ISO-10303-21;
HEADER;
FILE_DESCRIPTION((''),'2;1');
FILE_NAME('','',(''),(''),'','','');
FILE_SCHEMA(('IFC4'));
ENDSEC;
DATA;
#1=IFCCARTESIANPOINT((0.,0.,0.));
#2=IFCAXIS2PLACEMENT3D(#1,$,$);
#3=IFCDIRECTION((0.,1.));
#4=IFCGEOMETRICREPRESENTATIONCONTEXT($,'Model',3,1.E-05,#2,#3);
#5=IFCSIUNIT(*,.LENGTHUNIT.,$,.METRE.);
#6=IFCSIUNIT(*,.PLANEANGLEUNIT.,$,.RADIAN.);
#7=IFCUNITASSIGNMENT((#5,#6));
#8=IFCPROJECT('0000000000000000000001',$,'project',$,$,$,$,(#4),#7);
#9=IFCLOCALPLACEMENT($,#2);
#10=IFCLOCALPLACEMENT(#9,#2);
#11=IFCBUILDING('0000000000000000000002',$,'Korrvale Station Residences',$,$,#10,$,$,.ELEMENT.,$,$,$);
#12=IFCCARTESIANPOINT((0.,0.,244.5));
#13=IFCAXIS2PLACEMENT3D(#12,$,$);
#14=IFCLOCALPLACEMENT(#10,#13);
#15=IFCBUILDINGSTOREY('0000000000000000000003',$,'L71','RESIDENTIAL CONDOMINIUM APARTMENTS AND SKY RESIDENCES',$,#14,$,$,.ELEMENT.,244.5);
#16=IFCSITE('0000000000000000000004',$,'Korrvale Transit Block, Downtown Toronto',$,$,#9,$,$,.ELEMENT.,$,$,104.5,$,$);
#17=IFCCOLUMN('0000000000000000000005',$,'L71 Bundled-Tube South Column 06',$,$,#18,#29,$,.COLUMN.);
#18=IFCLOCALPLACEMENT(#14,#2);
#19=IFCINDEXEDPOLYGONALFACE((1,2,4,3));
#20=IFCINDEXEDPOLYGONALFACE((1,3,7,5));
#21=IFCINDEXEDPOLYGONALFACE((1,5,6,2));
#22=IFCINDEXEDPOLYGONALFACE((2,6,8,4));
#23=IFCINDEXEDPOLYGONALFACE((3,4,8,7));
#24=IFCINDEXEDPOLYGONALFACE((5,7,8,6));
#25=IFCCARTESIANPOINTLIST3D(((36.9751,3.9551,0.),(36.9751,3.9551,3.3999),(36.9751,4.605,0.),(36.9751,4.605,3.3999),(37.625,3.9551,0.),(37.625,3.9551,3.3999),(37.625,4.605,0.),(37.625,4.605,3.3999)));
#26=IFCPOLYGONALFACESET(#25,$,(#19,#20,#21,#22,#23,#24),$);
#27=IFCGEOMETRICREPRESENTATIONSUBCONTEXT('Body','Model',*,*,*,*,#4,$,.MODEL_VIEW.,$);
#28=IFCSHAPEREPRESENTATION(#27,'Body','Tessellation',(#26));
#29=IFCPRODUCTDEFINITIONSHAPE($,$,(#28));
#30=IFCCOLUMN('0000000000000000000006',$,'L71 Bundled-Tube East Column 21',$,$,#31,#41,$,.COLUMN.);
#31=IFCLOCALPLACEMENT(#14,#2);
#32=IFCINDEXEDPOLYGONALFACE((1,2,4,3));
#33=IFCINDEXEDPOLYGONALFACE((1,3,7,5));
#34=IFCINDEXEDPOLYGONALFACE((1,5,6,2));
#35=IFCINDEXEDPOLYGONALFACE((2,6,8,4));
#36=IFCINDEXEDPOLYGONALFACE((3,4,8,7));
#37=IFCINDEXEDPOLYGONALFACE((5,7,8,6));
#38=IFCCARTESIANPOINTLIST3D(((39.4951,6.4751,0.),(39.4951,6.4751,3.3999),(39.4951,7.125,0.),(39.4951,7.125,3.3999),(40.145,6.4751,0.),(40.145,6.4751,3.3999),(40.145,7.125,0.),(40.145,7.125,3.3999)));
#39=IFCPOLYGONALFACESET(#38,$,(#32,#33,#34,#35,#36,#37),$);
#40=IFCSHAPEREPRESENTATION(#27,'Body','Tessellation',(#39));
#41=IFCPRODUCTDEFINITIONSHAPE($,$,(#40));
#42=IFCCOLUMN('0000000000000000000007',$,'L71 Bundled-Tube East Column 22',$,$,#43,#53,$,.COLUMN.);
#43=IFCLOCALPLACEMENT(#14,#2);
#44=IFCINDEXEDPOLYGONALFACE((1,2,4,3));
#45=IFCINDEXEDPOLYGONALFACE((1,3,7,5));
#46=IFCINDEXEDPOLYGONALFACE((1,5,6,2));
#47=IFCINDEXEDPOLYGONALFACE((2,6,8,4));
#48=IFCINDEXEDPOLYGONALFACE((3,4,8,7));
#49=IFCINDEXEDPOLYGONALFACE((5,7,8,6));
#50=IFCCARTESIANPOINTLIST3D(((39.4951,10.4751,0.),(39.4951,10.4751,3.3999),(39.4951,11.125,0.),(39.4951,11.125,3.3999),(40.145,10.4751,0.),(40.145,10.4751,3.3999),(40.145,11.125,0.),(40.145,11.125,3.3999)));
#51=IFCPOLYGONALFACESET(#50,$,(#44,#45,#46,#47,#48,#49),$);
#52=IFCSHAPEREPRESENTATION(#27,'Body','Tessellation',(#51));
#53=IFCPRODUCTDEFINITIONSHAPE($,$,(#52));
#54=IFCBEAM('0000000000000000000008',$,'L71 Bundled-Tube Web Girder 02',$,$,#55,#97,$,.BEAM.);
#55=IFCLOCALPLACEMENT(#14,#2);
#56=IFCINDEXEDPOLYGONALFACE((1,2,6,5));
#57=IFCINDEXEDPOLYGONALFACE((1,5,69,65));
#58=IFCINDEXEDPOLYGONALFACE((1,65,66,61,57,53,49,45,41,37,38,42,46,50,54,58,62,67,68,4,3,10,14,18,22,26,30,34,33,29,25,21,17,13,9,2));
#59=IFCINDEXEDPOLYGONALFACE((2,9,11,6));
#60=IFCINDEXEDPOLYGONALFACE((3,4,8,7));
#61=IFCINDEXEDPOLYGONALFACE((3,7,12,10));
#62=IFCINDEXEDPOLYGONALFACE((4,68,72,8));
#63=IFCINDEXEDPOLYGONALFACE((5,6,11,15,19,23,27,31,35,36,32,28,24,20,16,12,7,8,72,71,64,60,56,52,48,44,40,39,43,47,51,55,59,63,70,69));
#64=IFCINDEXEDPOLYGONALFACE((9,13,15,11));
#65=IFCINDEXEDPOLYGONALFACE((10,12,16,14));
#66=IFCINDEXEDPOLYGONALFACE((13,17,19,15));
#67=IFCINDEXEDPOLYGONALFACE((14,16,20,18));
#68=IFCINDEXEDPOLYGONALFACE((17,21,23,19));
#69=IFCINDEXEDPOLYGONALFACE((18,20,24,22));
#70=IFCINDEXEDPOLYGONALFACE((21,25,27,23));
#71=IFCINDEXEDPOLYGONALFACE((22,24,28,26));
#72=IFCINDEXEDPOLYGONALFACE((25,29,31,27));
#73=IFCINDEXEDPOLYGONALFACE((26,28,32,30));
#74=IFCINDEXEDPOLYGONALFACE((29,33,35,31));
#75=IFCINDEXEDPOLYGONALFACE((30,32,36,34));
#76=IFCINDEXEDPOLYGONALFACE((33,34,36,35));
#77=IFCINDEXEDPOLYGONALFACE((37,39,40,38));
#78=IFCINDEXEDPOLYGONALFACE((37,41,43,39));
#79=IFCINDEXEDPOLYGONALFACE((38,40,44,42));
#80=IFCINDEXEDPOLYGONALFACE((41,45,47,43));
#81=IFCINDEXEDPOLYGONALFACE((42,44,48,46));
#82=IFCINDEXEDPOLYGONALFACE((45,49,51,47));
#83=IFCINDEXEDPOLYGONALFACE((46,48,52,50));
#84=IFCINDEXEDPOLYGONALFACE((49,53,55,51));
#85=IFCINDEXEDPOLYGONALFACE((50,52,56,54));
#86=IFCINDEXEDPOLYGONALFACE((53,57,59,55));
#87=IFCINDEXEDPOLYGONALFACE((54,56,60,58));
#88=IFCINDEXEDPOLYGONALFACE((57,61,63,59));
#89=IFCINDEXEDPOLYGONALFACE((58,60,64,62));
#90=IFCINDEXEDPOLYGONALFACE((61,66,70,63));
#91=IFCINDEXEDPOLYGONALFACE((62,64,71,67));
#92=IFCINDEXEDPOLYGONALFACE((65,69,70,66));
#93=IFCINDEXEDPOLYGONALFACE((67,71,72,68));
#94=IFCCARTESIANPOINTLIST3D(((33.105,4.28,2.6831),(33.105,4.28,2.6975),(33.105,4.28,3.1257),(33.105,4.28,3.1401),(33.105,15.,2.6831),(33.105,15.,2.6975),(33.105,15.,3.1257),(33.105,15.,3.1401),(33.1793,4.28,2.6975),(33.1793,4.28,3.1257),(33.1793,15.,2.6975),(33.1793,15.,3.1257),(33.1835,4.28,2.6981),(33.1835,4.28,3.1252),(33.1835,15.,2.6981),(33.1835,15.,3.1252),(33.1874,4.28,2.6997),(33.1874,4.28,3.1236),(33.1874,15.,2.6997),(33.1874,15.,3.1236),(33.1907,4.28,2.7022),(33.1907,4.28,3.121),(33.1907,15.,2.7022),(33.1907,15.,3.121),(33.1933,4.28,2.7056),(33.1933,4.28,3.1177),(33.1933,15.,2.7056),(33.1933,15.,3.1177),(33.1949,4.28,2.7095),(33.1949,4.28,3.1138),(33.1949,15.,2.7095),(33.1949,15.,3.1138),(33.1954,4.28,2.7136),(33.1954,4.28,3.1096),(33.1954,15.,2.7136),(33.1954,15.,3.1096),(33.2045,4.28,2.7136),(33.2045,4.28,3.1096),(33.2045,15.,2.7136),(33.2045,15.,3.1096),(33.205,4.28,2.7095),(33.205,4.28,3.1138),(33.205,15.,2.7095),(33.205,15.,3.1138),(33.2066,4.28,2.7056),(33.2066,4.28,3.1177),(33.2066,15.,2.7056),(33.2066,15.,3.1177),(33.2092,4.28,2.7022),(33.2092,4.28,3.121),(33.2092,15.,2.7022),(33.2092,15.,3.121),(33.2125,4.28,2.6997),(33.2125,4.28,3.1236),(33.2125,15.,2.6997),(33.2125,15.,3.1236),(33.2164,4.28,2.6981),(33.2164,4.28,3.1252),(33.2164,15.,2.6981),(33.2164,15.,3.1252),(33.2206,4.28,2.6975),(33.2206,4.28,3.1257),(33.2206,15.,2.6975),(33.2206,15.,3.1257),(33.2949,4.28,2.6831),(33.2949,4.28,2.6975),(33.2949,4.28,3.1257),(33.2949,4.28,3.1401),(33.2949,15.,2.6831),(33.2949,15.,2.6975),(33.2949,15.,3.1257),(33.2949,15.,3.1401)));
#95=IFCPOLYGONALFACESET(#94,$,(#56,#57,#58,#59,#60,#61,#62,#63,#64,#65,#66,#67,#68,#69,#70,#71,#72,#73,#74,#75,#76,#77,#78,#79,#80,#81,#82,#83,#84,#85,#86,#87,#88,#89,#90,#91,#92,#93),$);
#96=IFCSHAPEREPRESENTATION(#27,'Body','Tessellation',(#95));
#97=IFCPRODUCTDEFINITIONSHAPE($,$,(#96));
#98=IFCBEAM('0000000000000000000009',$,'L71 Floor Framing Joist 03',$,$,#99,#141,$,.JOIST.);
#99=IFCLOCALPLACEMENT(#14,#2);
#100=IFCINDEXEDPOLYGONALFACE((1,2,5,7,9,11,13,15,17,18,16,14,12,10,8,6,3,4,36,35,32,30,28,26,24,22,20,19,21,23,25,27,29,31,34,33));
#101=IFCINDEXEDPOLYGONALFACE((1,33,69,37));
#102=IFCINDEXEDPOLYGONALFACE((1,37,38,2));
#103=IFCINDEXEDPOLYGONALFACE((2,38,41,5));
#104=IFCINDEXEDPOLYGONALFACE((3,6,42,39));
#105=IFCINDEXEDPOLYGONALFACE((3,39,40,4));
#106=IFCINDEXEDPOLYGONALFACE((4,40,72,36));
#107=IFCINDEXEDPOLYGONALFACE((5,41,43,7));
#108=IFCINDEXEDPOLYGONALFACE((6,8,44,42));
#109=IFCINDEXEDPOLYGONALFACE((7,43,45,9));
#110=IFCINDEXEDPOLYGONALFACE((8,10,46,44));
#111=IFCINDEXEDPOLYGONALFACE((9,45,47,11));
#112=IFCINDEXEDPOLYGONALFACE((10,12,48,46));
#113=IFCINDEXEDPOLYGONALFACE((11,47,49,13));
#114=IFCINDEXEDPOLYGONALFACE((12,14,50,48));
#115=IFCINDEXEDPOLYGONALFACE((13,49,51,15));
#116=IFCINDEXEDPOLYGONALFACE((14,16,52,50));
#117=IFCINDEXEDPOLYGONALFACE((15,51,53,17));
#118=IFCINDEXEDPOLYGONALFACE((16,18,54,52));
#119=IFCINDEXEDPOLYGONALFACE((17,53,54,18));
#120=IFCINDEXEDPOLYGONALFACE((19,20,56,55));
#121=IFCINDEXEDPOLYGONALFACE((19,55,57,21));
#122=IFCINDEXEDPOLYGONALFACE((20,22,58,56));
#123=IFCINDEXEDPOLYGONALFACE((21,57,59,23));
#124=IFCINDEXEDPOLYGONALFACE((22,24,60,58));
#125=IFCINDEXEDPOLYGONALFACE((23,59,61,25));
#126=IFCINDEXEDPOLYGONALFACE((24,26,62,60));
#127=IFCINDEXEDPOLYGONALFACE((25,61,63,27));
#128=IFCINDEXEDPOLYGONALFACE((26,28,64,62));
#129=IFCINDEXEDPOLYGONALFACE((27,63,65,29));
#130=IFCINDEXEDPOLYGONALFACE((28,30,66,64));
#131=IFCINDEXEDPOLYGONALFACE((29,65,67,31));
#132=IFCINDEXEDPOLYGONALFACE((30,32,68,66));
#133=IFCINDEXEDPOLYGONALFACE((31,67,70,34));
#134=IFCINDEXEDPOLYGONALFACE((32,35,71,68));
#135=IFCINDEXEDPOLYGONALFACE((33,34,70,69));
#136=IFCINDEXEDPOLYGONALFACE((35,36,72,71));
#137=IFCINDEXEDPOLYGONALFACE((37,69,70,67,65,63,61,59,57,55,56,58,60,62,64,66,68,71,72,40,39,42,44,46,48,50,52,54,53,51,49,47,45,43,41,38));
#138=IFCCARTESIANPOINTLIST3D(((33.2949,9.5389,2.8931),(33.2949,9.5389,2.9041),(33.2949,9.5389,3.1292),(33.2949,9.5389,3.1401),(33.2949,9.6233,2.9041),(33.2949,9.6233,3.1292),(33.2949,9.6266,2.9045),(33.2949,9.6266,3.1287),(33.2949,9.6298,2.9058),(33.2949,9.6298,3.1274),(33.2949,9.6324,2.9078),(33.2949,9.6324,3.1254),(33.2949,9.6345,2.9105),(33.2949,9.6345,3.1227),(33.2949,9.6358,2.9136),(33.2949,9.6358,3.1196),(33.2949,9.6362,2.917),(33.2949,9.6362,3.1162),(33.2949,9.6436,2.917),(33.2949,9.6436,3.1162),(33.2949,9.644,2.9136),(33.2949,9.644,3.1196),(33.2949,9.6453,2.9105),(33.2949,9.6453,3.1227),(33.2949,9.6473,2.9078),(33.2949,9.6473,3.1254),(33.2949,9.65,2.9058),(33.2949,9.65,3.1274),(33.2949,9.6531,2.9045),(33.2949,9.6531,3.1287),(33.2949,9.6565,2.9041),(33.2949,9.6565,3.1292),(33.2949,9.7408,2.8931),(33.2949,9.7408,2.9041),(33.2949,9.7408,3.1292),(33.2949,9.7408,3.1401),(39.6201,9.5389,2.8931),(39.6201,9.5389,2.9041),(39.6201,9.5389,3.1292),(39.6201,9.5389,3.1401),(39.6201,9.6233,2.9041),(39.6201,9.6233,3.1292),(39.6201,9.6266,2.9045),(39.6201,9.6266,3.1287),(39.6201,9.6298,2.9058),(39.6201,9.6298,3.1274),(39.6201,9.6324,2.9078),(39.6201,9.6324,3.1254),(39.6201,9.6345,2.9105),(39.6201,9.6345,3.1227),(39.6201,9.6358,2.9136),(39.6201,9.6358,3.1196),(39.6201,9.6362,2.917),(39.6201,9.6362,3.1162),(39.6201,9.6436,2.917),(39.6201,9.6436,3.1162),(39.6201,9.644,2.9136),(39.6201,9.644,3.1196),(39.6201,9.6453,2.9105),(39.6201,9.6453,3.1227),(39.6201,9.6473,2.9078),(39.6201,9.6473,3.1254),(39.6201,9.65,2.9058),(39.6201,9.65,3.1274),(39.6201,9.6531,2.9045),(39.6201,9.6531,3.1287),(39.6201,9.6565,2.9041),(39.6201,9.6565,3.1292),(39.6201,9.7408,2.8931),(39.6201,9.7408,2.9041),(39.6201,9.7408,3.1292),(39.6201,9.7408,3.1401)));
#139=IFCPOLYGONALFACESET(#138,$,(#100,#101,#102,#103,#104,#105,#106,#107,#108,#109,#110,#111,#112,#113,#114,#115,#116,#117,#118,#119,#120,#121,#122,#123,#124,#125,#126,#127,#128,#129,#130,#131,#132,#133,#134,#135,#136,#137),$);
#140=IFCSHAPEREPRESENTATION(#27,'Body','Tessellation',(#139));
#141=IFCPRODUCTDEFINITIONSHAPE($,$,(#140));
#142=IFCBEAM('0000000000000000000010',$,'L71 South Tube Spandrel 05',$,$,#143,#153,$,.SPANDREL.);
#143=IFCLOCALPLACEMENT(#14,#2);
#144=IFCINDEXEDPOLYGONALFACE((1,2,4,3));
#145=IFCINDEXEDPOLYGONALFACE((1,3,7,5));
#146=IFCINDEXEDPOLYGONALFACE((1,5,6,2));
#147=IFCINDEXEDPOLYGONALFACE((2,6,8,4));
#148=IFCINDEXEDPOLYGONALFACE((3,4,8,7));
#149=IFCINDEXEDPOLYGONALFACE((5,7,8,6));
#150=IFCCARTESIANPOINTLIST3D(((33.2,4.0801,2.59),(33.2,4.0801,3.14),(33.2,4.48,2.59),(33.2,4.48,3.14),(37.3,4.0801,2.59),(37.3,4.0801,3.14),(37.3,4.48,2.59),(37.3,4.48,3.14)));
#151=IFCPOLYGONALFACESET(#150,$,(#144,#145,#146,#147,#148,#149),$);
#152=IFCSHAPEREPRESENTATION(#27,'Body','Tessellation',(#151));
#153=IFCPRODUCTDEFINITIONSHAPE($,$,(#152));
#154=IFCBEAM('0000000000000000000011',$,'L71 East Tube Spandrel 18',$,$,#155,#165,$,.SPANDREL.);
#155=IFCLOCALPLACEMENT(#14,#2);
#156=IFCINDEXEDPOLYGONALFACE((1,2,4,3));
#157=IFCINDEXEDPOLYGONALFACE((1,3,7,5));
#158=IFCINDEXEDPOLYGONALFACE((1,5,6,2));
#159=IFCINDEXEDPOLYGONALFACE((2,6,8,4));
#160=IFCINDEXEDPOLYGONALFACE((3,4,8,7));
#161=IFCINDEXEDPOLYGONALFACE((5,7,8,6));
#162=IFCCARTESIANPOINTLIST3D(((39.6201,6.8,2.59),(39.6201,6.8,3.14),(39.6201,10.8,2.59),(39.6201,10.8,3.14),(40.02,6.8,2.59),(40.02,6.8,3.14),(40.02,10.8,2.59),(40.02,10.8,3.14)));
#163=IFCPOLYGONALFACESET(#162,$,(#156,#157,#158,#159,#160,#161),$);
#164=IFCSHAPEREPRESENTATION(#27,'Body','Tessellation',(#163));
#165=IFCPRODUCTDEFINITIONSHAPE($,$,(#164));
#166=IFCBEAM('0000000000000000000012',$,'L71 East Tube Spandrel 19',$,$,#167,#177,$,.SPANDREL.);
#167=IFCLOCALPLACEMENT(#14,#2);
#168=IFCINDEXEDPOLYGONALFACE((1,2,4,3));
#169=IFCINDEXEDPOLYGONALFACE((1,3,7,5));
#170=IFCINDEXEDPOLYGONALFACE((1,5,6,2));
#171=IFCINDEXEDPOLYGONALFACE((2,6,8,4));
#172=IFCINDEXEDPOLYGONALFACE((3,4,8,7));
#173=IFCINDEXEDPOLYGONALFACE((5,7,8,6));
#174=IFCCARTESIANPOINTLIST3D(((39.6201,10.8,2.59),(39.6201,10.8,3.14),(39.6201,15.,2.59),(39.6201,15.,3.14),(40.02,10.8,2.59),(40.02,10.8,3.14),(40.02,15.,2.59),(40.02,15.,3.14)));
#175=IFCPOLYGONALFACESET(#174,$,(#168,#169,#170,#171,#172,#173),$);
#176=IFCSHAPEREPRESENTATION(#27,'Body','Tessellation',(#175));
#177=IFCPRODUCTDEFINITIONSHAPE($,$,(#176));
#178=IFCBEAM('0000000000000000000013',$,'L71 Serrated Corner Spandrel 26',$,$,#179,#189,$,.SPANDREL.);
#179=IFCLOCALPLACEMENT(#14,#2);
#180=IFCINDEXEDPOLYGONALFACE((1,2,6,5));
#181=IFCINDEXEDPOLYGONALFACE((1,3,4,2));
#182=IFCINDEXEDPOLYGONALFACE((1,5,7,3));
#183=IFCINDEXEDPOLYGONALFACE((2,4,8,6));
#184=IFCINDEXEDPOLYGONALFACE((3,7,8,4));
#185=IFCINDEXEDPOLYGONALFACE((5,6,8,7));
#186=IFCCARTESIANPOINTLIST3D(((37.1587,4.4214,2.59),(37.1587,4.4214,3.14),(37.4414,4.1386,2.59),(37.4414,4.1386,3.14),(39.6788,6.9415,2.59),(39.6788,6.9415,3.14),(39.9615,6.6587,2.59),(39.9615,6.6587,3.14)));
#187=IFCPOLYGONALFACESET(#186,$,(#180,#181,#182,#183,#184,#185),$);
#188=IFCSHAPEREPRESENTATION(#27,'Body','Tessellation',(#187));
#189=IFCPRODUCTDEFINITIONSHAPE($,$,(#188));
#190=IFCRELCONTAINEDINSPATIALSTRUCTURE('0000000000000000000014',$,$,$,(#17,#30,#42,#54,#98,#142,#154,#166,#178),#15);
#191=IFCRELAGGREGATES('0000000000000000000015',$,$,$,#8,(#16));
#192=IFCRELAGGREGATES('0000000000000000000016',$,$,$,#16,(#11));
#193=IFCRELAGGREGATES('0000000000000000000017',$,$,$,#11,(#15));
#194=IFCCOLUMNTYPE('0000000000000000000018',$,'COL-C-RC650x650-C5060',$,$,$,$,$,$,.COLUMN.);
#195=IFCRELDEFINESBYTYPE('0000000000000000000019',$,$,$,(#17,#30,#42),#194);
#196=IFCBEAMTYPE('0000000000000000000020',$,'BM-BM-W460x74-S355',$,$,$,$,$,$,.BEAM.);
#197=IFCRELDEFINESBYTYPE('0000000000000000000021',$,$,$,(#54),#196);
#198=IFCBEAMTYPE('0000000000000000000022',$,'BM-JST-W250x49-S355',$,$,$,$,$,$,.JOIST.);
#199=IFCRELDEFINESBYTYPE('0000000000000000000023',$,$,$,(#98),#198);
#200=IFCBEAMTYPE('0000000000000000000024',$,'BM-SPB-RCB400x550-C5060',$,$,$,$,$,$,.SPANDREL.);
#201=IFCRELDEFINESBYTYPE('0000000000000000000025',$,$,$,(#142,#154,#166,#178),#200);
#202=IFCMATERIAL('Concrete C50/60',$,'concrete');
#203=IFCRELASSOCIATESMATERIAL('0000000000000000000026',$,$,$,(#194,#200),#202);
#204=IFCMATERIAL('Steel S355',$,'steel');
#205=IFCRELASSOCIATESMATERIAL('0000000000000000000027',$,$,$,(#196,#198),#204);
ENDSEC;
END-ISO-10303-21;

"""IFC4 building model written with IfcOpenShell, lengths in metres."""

from ifc_helpers import new_model, si_unit, direction, frame, origin, origin_2d, place, context, subcontext, project, spatial, rectangle, i_section, extrude, material, material_profile, profile_set, type_object, element, save


model = new_model("IFC4")

# Units and contexts
model_context = context("Model", 3, precision=1e-05, world=origin(), true_north=direction((0.0, 1.0)))
body_context = subcontext(model_context, "Body", "Model", "MODEL_VIEW")
ifc_project = project(units=[si_unit("LENGTHUNIT", "METRE"), si_unit("PLANEANGLEUNIT", "RADIAN")], contexts=[model_context])

# Site, building, storey
site_placement = place(None, origin())
site = spatial("IfcSite", under=ifc_project, at=site_placement, Name="Korrvale Transit Block, Downtown Toronto", CompositionType="ELEMENT", RefElevation=104.5)
building_placement = place(site_placement, origin())
building = spatial("IfcBuilding", under=site, at=building_placement, Name="Korrvale Station Residences", CompositionType="ELEMENT")
storey_placement = place(building_placement, frame((0.0, 0.0, 244.5)))
storey = spatial("IfcBuildingStorey", under=building, at=storey_placement, Name="L71", Description="RESIDENTIAL CONDOMINIUM APARTMENTS AND SKY RESIDENCES", CompositionType="ELEMENT", Elevation=244.5)

# Columns
ifc_material_1 = material(Name="Concrete C50/60", Category="concrete")
ifc_material_profile_1 = material_profile(ifc_material_1, rectangle(XDim=0.6499, YDim=0.6499, at=origin_2d()), Name="RC650x650")
ifc_profile_set_1 = profile_set([ifc_material_profile_1], Name="Concrete C50/60")
column_type = type_object("IfcColumnType", Name="COL-C-RC650x650-C5060", PredefinedType="COLUMN", material=ifc_profile_set_1)
for number, where, z_axis, x_axis, name in (
    (1, (37.3, 4.28, 0.0), (0.0, 0.0, 1.0), (1.0, 0.0, 0.0), "L71 Bundled-Tube South Column 06"),
    (2, (39.8201, 6.8, 0.0), (0.0, 0.0, 1.0), (1.0, 0.0, 0.0), "L71 Bundled-Tube East Column 21"),
    (3, (39.8201, 10.8, 0.0), (0.0, 0.0, 1.0), (1.0, 0.0, 0.0), "L71 Bundled-Tube East Column 22"),
):
    element("IfcColumn", number, at=place(storey_placement, frame(where, z_axis=z_axis, x_axis=x_axis)), inside=storey, type_object=column_type, Name=name, PredefinedType="COLUMN", context=body_context, shape_type="SweptSolid", body=[
        extrude(rectangle(XDim=0.6499, YDim=0.6499, at=origin_2d()), origin(), (0.0, 0.0, 1.0), 3.3999),
    ])

# Beams
ifc_material_2 = material(Name="Steel S355", Category="steel")
ifc_material_profile_2 = material_profile(ifc_material_2, i_section(OverallWidth=0.1899, OverallDepth=0.457, WebThickness=0.009, FlangeThickness=0.0144, FilletRadius=0.0161, at=origin_2d()), Name="W460x74")
ifc_profile_set_2 = profile_set([ifc_material_profile_2], Name="Steel S355")
beam_type_1 = type_object("IfcBeamType", Name="BM-BM-W460x74-S355", PredefinedType="BEAM", material=ifc_profile_set_2)
beam_1_placement = place(storey_placement, frame((33.2, 4.28, 2.9116), z_axis=(0.0, 1.0, 0.0), x_axis=(-1.0, 0.0, 0.0)))
element("IfcBeam", 4, at=beam_1_placement, inside=storey, type_object=beam_type_1, Name="L71 Bundled-Tube Web Girder 02", PredefinedType="BEAM", context=body_context, shape_type="SweptSolid", body=[
    extrude(i_section(OverallWidth=0.1899, OverallDepth=0.457, WebThickness=0.009, FlangeThickness=0.0144, FilletRadius=0.0161, at=origin_2d()), origin(), (0.0, 0.0, 1.0), 10.72),
])
ifc_material_profile_3 = material_profile(ifc_material_2, i_section(OverallWidth=0.2019, OverallDepth=0.2471, WebThickness=0.0073, FlangeThickness=0.011, FilletRadius=0.0129, at=origin_2d()), Name="W250x49")
ifc_profile_set_3 = profile_set([ifc_material_profile_3], Name="Steel S355")
beam_type_2 = type_object("IfcBeamType", Name="BM-JST-W250x49-S355", PredefinedType="JOIST", material=ifc_profile_set_3)
beam_2_placement = place(storey_placement, frame((33.2949, 9.6399, 3.0166), z_axis=(1.0, 0.0, 0.0), x_axis=(0.0, 1.0, 0.0)))
element("IfcBeam", 5, at=beam_2_placement, inside=storey, type_object=beam_type_2, Name="L71 Floor Framing Joist 03", PredefinedType="JOIST", context=body_context, shape_type="SweptSolid", body=[
    extrude(i_section(OverallWidth=0.2019, OverallDepth=0.2471, WebThickness=0.0073, FlangeThickness=0.011, FilletRadius=0.0129, at=origin_2d()), origin(), (0.0, 0.0, 1.0), 6.3252),
])
ifc_material_profile_4 = material_profile(ifc_material_1, rectangle(XDim=0.3999, YDim=0.55, at=origin_2d()), Name="RCB400x550")
ifc_profile_set_4 = profile_set([ifc_material_profile_4], Name="Concrete C50/60")
beam_type_3 = type_object("IfcBeamType", Name="BM-SPB-RCB400x550-C5060", PredefinedType="SPANDREL", material=ifc_profile_set_4)
beam_3_placement = place(storey_placement, frame((33.2, 4.28, 2.865), z_axis=(1.0, 0.0, 0.0), x_axis=(0.0, 1.0, 0.0)))
element("IfcBeam", 6, at=beam_3_placement, inside=storey, type_object=beam_type_3, Name="L71 South Tube Spandrel 05", PredefinedType="SPANDREL", context=body_context, shape_type="SweptSolid", body=[
    extrude(rectangle(XDim=0.3999, YDim=0.55, at=origin_2d()), origin(), (0.0, 0.0, 1.0), 4.1001),
])
beam_4_placement = place(storey_placement, frame((39.8201, 6.8, 2.865), z_axis=(0.0, 1.0, 0.0), x_axis=(-1.0, 0.0, 0.0)))
element("IfcBeam", 7, at=beam_4_placement, inside=storey, type_object=beam_type_3, Name="L71 East Tube Spandrel 18", PredefinedType="SPANDREL", context=body_context, shape_type="SweptSolid", body=[
    extrude(rectangle(XDim=0.3999, YDim=0.55, at=origin_2d()), origin(), (0.0, 0.0, 1.0), 4.0),
])
beam_5_placement = place(storey_placement, frame((39.8201, 10.8, 2.865), z_axis=(0.0, 1.0, 0.0), x_axis=(-1.0, 0.0, 0.0)))
element("IfcBeam", 8, at=beam_5_placement, inside=storey, type_object=beam_type_3, Name="L71 East Tube Spandrel 19", PredefinedType="SPANDREL", context=body_context, shape_type="SweptSolid", body=[
    extrude(rectangle(XDim=0.3999, YDim=0.55, at=origin_2d()), origin(), (0.0, 0.0, 1.0), 4.2),
])
beam_6_placement = place(storey_placement, frame((37.3, 4.28, 2.865), z_axis=(0.707107, 0.707107, 0.0), x_axis=(-0.707107, 0.707107, 0.0)))
element("IfcBeam", 9, at=beam_6_placement, inside=storey, type_object=beam_type_3, Name="L71 Serrated Corner Spandrel 26", PredefinedType="SPANDREL", context=body_context, shape_type="SweptSolid", body=[
    extrude(rectangle(XDim=0.3999, YDim=0.55, at=origin_2d()), origin(), (0.0, 0.0, 1.0), 3.564),
])

save(model, "model.ifc")
